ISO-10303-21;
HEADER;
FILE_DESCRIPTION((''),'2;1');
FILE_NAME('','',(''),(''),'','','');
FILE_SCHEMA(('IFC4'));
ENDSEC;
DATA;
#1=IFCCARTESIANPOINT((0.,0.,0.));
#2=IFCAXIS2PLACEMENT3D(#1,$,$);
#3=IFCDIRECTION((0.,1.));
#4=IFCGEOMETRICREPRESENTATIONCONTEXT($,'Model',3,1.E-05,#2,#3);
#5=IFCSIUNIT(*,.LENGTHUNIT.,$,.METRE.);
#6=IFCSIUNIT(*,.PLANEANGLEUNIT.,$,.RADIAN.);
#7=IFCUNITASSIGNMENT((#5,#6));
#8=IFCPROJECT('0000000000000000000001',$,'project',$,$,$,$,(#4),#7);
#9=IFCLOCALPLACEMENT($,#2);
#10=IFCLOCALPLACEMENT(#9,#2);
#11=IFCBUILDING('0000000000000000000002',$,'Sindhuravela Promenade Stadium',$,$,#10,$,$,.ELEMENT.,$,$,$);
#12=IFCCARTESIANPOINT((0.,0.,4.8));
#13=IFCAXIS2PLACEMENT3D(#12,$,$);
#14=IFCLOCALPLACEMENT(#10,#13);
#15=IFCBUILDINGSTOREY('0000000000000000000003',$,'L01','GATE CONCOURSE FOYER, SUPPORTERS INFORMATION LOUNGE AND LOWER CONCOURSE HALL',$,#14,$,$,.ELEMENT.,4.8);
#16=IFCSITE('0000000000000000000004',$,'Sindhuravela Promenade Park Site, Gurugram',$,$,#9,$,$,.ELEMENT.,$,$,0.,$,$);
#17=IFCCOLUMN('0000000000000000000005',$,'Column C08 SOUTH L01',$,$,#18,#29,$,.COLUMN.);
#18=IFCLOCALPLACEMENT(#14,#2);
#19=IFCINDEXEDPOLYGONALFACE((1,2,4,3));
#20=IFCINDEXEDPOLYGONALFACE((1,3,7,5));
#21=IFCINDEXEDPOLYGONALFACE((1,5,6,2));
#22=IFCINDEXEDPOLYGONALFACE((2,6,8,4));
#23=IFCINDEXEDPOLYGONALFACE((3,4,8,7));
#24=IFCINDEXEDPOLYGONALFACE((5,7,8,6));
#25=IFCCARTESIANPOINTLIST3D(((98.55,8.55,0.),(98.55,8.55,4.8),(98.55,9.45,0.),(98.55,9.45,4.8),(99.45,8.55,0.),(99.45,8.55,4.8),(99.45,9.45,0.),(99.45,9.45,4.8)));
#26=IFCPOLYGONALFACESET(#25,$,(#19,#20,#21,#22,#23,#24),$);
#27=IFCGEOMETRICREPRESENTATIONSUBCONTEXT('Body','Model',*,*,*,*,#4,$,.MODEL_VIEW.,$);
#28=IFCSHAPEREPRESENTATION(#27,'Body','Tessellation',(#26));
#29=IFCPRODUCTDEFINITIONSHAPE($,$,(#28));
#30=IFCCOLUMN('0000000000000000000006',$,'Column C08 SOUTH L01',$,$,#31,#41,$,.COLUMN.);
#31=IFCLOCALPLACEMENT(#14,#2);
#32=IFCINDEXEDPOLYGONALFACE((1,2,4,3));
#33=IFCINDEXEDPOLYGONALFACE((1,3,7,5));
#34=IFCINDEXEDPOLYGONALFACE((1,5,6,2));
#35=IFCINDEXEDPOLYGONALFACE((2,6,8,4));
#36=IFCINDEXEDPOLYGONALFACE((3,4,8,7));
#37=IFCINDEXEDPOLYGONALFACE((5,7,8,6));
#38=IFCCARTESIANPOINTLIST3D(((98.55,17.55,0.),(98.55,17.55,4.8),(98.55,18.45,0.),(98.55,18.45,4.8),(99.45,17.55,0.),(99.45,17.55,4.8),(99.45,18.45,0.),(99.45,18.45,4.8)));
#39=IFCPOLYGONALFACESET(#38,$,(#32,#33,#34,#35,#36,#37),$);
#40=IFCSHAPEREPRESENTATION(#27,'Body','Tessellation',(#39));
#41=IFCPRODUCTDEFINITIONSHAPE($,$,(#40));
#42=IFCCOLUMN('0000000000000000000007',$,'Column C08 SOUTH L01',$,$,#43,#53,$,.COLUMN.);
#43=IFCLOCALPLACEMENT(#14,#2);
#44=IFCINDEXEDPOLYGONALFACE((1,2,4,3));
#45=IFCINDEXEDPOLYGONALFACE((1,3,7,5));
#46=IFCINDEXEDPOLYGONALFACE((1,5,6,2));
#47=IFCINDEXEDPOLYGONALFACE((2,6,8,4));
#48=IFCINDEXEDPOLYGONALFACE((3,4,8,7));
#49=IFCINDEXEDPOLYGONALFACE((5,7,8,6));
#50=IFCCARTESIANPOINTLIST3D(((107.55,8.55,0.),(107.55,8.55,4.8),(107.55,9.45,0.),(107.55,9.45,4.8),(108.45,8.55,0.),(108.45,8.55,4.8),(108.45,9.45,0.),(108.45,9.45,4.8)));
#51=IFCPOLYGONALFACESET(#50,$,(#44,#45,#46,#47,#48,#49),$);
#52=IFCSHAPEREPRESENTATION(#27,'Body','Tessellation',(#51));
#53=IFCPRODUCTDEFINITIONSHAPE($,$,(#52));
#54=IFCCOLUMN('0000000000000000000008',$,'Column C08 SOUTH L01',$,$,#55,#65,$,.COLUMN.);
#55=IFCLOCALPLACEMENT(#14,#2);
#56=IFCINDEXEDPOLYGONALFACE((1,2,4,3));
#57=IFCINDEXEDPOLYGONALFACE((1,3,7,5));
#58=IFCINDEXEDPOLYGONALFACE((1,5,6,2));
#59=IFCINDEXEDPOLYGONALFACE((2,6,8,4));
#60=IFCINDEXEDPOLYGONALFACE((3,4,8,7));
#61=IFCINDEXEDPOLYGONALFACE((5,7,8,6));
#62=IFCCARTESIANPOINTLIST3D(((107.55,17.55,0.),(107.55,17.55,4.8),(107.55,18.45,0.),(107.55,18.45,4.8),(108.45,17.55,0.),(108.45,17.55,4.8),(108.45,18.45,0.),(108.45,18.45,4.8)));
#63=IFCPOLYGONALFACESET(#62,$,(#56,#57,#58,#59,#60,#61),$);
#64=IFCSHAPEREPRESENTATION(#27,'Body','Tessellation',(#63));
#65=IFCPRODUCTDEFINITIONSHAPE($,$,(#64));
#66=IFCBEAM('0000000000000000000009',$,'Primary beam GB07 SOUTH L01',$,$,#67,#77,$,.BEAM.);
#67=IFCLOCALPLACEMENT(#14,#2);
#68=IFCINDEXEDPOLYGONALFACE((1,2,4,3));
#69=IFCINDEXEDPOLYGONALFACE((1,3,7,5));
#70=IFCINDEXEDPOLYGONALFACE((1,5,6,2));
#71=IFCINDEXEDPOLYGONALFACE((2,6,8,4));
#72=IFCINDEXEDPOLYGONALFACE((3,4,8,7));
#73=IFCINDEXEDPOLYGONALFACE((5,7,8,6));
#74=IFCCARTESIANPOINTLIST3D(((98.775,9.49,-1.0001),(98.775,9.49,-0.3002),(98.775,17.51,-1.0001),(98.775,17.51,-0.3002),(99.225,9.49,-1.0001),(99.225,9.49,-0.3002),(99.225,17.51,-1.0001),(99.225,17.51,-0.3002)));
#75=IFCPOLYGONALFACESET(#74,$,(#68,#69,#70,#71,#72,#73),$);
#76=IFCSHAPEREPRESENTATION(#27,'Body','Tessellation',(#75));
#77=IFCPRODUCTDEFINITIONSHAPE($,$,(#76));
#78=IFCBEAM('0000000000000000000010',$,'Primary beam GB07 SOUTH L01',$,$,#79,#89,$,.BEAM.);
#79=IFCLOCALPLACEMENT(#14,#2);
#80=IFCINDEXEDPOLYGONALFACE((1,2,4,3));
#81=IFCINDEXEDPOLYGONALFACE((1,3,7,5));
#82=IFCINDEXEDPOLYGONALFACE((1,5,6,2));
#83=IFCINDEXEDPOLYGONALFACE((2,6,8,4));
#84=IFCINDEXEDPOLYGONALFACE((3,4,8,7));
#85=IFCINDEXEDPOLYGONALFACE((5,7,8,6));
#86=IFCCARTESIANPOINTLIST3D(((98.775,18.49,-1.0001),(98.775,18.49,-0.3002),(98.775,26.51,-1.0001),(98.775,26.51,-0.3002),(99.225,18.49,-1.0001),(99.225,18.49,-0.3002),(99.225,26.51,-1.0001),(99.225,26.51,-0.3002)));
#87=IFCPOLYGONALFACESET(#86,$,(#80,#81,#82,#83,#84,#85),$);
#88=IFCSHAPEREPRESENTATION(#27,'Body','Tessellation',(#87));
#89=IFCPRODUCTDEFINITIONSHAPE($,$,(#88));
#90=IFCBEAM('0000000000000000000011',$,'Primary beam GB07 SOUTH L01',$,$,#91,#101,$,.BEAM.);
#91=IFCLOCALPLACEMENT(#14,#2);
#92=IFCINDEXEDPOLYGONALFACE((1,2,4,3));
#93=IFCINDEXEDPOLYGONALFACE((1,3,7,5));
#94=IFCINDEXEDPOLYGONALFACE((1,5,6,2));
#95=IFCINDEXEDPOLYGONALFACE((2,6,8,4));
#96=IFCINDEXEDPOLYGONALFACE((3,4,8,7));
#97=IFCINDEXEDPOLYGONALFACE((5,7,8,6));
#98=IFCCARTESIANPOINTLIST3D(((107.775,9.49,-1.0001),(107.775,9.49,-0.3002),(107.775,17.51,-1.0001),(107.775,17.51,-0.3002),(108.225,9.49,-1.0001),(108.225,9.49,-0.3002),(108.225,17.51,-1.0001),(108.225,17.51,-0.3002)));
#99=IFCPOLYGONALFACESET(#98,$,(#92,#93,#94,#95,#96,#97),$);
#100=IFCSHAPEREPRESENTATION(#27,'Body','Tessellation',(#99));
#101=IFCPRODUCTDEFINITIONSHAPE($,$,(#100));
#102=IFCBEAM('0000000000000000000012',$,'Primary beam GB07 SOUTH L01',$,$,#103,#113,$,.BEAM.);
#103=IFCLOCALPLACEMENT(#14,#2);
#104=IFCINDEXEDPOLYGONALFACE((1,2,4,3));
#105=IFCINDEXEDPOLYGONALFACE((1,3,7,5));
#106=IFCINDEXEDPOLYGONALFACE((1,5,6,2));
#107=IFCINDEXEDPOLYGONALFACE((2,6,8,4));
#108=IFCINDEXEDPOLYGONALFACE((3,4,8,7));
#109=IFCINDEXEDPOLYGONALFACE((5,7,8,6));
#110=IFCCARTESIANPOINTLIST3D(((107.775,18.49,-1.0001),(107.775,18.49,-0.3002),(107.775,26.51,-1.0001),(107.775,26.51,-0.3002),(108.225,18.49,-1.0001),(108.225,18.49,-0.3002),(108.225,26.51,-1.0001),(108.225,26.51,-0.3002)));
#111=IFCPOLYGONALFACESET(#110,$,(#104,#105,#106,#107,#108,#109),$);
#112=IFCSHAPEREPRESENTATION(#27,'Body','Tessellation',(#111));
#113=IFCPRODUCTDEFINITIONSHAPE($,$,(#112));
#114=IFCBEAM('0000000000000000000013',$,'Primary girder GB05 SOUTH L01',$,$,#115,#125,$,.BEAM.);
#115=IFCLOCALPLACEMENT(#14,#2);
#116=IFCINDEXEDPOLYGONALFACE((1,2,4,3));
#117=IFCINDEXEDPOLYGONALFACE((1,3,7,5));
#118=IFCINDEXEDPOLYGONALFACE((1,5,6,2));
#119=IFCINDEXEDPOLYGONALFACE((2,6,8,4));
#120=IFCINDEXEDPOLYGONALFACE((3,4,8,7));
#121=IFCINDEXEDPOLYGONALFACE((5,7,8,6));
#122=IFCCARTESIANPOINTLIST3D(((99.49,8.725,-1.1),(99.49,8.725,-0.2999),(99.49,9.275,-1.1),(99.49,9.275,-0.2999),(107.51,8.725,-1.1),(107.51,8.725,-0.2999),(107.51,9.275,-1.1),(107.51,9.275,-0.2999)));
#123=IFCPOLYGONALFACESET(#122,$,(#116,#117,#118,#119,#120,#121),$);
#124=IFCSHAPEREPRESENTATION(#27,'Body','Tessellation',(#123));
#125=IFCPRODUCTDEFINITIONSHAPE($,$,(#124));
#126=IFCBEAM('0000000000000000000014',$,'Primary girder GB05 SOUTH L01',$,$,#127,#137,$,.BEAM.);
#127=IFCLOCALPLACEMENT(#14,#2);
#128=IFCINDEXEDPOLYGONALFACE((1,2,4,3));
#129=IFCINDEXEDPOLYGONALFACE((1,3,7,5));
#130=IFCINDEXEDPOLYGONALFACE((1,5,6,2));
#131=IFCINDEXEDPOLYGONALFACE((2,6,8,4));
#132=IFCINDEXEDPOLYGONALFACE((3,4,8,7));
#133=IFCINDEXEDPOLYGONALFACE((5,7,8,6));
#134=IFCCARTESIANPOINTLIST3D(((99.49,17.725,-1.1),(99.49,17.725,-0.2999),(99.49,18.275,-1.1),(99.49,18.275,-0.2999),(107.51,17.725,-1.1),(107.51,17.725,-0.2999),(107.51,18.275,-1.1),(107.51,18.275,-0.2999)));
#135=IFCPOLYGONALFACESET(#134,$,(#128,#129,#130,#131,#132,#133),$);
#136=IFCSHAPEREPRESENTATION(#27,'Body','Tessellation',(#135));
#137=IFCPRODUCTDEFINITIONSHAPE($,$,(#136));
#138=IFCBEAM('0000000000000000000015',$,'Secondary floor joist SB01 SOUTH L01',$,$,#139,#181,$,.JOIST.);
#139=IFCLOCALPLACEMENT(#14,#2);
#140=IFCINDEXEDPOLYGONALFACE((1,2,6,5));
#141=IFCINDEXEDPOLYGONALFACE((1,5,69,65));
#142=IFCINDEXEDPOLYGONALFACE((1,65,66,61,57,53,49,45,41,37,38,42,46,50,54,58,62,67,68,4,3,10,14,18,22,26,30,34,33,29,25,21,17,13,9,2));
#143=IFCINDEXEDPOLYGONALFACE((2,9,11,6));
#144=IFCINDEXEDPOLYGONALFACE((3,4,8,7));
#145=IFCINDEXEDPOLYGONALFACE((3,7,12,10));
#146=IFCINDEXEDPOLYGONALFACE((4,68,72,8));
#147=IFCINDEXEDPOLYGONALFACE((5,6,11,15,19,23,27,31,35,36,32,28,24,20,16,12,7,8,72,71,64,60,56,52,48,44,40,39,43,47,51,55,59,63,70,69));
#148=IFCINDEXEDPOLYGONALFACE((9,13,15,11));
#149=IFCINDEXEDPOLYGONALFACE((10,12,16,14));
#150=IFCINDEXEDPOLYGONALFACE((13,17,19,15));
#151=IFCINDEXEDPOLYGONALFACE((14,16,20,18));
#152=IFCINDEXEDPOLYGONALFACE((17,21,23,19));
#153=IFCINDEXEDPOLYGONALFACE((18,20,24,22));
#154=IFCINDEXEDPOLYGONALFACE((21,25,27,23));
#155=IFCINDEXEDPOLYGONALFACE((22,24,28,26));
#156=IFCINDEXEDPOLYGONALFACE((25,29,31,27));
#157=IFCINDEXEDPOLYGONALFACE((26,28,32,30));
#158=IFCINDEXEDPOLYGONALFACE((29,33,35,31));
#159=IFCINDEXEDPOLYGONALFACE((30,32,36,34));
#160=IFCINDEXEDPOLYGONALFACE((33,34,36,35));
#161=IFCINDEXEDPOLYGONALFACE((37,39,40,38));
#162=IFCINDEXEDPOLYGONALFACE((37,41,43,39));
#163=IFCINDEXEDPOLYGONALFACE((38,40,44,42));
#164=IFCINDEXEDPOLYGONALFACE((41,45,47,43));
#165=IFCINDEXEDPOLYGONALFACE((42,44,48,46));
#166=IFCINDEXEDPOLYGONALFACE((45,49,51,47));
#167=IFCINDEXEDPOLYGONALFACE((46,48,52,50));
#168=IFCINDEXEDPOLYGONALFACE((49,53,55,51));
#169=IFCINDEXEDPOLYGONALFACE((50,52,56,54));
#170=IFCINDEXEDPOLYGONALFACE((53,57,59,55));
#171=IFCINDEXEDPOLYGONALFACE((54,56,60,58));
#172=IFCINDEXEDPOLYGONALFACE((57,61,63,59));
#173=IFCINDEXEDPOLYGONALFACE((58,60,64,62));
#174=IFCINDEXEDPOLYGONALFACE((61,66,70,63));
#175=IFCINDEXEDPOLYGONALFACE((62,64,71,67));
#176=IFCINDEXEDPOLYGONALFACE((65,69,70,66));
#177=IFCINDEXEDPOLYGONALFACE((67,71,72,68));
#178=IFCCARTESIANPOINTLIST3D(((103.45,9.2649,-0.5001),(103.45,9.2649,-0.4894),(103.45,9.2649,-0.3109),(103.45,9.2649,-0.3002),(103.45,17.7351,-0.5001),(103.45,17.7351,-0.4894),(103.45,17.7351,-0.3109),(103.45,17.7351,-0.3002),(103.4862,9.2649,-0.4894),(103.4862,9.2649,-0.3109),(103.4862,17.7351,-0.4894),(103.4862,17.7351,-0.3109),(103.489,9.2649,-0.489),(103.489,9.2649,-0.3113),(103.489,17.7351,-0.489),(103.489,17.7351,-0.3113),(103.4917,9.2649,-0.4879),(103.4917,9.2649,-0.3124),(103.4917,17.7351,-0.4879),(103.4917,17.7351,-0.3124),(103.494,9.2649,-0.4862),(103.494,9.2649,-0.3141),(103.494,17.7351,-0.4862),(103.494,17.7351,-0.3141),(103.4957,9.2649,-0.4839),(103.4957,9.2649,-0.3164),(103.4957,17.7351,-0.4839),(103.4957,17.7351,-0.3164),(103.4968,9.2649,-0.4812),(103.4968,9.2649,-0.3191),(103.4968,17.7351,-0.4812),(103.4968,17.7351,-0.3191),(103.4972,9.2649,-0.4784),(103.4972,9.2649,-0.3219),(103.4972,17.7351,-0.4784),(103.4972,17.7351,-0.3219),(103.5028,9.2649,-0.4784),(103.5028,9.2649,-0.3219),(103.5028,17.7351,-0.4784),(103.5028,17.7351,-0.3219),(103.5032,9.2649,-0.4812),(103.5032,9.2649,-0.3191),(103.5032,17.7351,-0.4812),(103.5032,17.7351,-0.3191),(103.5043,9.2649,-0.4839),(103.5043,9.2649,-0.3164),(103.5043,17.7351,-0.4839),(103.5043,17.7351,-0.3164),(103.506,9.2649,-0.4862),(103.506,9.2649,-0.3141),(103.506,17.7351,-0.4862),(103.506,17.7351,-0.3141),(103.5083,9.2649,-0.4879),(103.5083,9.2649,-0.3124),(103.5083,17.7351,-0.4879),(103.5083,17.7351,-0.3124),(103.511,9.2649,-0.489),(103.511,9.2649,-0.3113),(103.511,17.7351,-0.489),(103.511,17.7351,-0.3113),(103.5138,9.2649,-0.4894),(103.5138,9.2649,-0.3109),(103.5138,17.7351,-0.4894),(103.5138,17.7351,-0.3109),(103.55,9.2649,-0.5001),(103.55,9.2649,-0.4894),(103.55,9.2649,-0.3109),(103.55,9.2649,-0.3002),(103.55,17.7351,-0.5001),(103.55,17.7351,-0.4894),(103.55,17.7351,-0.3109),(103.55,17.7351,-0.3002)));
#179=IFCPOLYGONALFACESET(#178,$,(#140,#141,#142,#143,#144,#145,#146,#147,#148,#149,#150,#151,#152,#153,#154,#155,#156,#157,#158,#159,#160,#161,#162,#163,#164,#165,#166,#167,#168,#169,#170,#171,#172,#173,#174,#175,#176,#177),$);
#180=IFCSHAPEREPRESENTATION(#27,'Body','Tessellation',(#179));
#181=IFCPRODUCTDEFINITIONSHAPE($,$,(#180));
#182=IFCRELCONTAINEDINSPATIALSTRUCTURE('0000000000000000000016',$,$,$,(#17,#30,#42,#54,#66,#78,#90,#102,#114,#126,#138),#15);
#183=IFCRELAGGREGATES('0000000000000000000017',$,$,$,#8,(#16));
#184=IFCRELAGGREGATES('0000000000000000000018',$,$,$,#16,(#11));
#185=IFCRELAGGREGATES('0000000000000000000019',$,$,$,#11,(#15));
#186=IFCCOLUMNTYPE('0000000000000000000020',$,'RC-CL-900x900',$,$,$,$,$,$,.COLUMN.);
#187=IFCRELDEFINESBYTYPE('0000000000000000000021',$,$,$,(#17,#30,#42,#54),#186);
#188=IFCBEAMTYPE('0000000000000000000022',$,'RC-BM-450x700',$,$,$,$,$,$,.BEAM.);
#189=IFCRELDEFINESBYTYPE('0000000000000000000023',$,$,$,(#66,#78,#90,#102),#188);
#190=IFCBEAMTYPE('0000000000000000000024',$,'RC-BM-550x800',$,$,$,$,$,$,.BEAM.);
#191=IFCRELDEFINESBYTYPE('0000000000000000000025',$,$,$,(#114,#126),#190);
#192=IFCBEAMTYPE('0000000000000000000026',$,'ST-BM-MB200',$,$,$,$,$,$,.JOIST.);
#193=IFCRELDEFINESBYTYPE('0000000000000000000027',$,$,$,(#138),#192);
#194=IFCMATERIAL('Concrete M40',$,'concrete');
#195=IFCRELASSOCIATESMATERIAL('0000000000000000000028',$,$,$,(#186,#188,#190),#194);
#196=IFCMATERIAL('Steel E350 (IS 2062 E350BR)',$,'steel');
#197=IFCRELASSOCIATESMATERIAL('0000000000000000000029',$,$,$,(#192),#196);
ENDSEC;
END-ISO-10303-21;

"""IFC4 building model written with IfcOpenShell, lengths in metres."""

from ifc_helpers import new_model, si_unit, direction, frame, origin, origin_2d, place, context, subcontext, project, spatial, rectangle, i_section, extrude, material, material_profile, profile_set, type_object, element, save


model = new_model("IFC4")

# Units and contexts
model_context = context("Model", 3, precision=1e-05, world=origin(), true_north=direction((0.0, 1.0)))
body_context = subcontext(model_context, "Body", "Model", "MODEL_VIEW")
ifc_project = project(units=[si_unit("LENGTHUNIT", "METRE"), si_unit("PLANEANGLEUNIT", "RADIAN")], contexts=[model_context])

# Site, building, storey
site_placement = place(None, origin())
site = spatial("IfcSite", under=ifc_project, at=site_placement, Name="Sindhuravela Promenade Park Site, Gurugram", CompositionType="ELEMENT", RefElevation=0.0)
building_placement = place(site_placement, origin())
building = spatial("IfcBuilding", under=site, at=building_placement, Name="Sindhuravela Promenade Stadium", CompositionType="ELEMENT")
storey_placement = place(building_placement, frame((0.0, 0.0, 4.8)))
storey = spatial("IfcBuildingStorey", under=building, at=storey_placement, Name="L01", Description="GATE CONCOURSE FOYER, SUPPORTERS INFORMATION LOUNGE AND LOWER CONCOURSE HALL", CompositionType="ELEMENT", Elevation=4.8)

# Columns
ifc_material_1 = material(Name="Concrete M40", Category="concrete")
ifc_material_profile_1 = material_profile(ifc_material_1, rectangle(XDim=0.8999, YDim=0.8999, at=origin_2d()), Name="RC 900x900")
ifc_profile_set_1 = profile_set([ifc_material_profile_1], Name="Concrete M40")
column_type = type_object("IfcColumnType", Name="RC-CL-900x900", PredefinedType="COLUMN", material=ifc_profile_set_1)
for number, where, z_axis, x_axis, name in (
    (1, (99.0, 9.0, 0.0), (0.0, 0.0, 1.0), (1.0, 0.0, 0.0), "Column C08 SOUTH L01"),
    (2, (99.0, 18.0, 0.0), (0.0, 0.0, 1.0), (1.0, 0.0, 0.0), "Column C08 SOUTH L01"),
    (3, (108.0, 9.0, 0.0), (0.0, 0.0, 1.0), (1.0, 0.0, 0.0), "Column C08 SOUTH L01"),
    (4, (108.0, 18.0, 0.0), (0.0, 0.0, 1.0), (1.0, 0.0, 0.0), "Column C08 SOUTH L01"),
):
    element("IfcColumn", number, at=place(storey_placement, frame(where, z_axis=z_axis, x_axis=x_axis)), inside=storey, type_object=column_type, Name=name, PredefinedType="COLUMN", context=body_context, shape_type="SweptSolid", body=[
        extrude(rectangle(XDim=0.8999, YDim=0.8999, at=origin_2d()), origin(), (0.0, 0.0, 1.0), 4.8),
    ])

# Beams
ifc_material_profile_2 = material_profile(ifc_material_1, rectangle(XDim=0.45, YDim=0.7, at=origin_2d()), Name="RC 450x700")
ifc_profile_set_2 = profile_set([ifc_material_profile_2], Name="Concrete M40")
beam_type_1 = type_object("IfcBeamType", Name="RC-BM-450x700", PredefinedType="BEAM", material=ifc_profile_set_2)
for number, where, z_axis, x_axis, name in (
    (5, (99.0, 9.49, -0.6501), (0.0, 1.0, 0.0), (-1.0, 0.0, 0.0), "Primary beam GB07 SOUTH L01"),
    (6, (99.0, 18.49, -0.6501), (0.0, 1.0, 0.0), (-1.0, 0.0, 0.0), "Primary beam GB07 SOUTH L01"),
    (7, (108.0, 9.49, -0.6501), (0.0, 1.0, 0.0), (-1.0, 0.0, 0.0), "Primary beam GB07 SOUTH L01"),
    (8, (108.0, 18.49, -0.6501), (0.0, 1.0, 0.0), (-1.0, 0.0, 0.0), "Primary beam GB07 SOUTH L01"),
):
    element("IfcBeam", number, at=place(storey_placement, frame(where, z_axis=z_axis, x_axis=x_axis)), inside=storey, type_object=beam_type_1, Name=name, PredefinedType="BEAM", context=body_context, shape_type="SweptSolid", body=[
        extrude(rectangle(XDim=0.45, YDim=0.7, at=origin_2d()), origin(), (0.0, 0.0, 1.0), 8.02),
    ])
ifc_material_profile_3 = material_profile(ifc_material_1, rectangle(XDim=0.55, YDim=0.8, at=origin_2d()), Name="RC 550x800")
ifc_profile_set_3 = profile_set([ifc_material_profile_3], Name="Concrete M40")
beam_type_2 = type_object("IfcBeamType", Name="RC-BM-550x800", PredefinedType="BEAM", material=ifc_profile_set_3)
for number, where, z_axis, x_axis, name in (
    (9, (99.49, 9.0, -0.7), (1.0, 0.0, 0.0), (0.0, 1.0, 0.0), "Primary girder GB05 SOUTH L01"),
    (10, (99.49, 18.0, -0.7), (1.0, 0.0, 0.0), (0.0, 1.0, 0.0), "Primary girder GB05 SOUTH L01"),
):
    element("IfcBeam", number, at=place(storey_placement, frame(where, z_axis=z_axis, x_axis=x_axis)), inside=storey, type_object=beam_type_2, Name=name, PredefinedType="BEAM", context=body_context, shape_type="SweptSolid", body=[
        extrude(rectangle(XDim=0.55, YDim=0.8, at=origin_2d()), origin(), (0.0, 0.0, 1.0), 8.02),
    ])
ifc_material_2 = material(Name="Steel E350 (IS 2062 E350BR)", Category="steel")
ifc_material_profile_4 = material_profile(ifc_material_2, i_section(OverallWidth=0.1001, OverallDepth=0.2, WebThickness=0.0056, FlangeThickness=0.0107, FilletRadius=0.011, at=origin_2d()), Name="ISMB 200")
ifc_profile_set_4 = profile_set([ifc_material_profile_4], Name="Steel E350 (IS 2062 E350BR)")
beam_type_3 = type_object("IfcBeamType", Name="ST-BM-MB200", PredefinedType="JOIST", material=ifc_profile_set_4)
beam_1_placement = place(storey_placement, frame((103.5, 9.2649, -0.4001), z_axis=(0.0, 1.0, 0.0), x_axis=(-1.0, 0.0, 0.0)))
element("IfcBeam", 11, at=beam_1_placement, inside=storey, type_object=beam_type_3, Name="Secondary floor joist SB01 SOUTH L01", PredefinedType="JOIST", context=body_context, shape_type="SweptSolid", body=[
    extrude(i_section(OverallWidth=0.1001, OverallDepth=0.2, WebThickness=0.0056, FlangeThickness=0.0107, FilletRadius=0.011, at=origin_2d()), origin(), (0.0, 0.0, 1.0), 8.4702),
])

save(model, "model.ifc")
